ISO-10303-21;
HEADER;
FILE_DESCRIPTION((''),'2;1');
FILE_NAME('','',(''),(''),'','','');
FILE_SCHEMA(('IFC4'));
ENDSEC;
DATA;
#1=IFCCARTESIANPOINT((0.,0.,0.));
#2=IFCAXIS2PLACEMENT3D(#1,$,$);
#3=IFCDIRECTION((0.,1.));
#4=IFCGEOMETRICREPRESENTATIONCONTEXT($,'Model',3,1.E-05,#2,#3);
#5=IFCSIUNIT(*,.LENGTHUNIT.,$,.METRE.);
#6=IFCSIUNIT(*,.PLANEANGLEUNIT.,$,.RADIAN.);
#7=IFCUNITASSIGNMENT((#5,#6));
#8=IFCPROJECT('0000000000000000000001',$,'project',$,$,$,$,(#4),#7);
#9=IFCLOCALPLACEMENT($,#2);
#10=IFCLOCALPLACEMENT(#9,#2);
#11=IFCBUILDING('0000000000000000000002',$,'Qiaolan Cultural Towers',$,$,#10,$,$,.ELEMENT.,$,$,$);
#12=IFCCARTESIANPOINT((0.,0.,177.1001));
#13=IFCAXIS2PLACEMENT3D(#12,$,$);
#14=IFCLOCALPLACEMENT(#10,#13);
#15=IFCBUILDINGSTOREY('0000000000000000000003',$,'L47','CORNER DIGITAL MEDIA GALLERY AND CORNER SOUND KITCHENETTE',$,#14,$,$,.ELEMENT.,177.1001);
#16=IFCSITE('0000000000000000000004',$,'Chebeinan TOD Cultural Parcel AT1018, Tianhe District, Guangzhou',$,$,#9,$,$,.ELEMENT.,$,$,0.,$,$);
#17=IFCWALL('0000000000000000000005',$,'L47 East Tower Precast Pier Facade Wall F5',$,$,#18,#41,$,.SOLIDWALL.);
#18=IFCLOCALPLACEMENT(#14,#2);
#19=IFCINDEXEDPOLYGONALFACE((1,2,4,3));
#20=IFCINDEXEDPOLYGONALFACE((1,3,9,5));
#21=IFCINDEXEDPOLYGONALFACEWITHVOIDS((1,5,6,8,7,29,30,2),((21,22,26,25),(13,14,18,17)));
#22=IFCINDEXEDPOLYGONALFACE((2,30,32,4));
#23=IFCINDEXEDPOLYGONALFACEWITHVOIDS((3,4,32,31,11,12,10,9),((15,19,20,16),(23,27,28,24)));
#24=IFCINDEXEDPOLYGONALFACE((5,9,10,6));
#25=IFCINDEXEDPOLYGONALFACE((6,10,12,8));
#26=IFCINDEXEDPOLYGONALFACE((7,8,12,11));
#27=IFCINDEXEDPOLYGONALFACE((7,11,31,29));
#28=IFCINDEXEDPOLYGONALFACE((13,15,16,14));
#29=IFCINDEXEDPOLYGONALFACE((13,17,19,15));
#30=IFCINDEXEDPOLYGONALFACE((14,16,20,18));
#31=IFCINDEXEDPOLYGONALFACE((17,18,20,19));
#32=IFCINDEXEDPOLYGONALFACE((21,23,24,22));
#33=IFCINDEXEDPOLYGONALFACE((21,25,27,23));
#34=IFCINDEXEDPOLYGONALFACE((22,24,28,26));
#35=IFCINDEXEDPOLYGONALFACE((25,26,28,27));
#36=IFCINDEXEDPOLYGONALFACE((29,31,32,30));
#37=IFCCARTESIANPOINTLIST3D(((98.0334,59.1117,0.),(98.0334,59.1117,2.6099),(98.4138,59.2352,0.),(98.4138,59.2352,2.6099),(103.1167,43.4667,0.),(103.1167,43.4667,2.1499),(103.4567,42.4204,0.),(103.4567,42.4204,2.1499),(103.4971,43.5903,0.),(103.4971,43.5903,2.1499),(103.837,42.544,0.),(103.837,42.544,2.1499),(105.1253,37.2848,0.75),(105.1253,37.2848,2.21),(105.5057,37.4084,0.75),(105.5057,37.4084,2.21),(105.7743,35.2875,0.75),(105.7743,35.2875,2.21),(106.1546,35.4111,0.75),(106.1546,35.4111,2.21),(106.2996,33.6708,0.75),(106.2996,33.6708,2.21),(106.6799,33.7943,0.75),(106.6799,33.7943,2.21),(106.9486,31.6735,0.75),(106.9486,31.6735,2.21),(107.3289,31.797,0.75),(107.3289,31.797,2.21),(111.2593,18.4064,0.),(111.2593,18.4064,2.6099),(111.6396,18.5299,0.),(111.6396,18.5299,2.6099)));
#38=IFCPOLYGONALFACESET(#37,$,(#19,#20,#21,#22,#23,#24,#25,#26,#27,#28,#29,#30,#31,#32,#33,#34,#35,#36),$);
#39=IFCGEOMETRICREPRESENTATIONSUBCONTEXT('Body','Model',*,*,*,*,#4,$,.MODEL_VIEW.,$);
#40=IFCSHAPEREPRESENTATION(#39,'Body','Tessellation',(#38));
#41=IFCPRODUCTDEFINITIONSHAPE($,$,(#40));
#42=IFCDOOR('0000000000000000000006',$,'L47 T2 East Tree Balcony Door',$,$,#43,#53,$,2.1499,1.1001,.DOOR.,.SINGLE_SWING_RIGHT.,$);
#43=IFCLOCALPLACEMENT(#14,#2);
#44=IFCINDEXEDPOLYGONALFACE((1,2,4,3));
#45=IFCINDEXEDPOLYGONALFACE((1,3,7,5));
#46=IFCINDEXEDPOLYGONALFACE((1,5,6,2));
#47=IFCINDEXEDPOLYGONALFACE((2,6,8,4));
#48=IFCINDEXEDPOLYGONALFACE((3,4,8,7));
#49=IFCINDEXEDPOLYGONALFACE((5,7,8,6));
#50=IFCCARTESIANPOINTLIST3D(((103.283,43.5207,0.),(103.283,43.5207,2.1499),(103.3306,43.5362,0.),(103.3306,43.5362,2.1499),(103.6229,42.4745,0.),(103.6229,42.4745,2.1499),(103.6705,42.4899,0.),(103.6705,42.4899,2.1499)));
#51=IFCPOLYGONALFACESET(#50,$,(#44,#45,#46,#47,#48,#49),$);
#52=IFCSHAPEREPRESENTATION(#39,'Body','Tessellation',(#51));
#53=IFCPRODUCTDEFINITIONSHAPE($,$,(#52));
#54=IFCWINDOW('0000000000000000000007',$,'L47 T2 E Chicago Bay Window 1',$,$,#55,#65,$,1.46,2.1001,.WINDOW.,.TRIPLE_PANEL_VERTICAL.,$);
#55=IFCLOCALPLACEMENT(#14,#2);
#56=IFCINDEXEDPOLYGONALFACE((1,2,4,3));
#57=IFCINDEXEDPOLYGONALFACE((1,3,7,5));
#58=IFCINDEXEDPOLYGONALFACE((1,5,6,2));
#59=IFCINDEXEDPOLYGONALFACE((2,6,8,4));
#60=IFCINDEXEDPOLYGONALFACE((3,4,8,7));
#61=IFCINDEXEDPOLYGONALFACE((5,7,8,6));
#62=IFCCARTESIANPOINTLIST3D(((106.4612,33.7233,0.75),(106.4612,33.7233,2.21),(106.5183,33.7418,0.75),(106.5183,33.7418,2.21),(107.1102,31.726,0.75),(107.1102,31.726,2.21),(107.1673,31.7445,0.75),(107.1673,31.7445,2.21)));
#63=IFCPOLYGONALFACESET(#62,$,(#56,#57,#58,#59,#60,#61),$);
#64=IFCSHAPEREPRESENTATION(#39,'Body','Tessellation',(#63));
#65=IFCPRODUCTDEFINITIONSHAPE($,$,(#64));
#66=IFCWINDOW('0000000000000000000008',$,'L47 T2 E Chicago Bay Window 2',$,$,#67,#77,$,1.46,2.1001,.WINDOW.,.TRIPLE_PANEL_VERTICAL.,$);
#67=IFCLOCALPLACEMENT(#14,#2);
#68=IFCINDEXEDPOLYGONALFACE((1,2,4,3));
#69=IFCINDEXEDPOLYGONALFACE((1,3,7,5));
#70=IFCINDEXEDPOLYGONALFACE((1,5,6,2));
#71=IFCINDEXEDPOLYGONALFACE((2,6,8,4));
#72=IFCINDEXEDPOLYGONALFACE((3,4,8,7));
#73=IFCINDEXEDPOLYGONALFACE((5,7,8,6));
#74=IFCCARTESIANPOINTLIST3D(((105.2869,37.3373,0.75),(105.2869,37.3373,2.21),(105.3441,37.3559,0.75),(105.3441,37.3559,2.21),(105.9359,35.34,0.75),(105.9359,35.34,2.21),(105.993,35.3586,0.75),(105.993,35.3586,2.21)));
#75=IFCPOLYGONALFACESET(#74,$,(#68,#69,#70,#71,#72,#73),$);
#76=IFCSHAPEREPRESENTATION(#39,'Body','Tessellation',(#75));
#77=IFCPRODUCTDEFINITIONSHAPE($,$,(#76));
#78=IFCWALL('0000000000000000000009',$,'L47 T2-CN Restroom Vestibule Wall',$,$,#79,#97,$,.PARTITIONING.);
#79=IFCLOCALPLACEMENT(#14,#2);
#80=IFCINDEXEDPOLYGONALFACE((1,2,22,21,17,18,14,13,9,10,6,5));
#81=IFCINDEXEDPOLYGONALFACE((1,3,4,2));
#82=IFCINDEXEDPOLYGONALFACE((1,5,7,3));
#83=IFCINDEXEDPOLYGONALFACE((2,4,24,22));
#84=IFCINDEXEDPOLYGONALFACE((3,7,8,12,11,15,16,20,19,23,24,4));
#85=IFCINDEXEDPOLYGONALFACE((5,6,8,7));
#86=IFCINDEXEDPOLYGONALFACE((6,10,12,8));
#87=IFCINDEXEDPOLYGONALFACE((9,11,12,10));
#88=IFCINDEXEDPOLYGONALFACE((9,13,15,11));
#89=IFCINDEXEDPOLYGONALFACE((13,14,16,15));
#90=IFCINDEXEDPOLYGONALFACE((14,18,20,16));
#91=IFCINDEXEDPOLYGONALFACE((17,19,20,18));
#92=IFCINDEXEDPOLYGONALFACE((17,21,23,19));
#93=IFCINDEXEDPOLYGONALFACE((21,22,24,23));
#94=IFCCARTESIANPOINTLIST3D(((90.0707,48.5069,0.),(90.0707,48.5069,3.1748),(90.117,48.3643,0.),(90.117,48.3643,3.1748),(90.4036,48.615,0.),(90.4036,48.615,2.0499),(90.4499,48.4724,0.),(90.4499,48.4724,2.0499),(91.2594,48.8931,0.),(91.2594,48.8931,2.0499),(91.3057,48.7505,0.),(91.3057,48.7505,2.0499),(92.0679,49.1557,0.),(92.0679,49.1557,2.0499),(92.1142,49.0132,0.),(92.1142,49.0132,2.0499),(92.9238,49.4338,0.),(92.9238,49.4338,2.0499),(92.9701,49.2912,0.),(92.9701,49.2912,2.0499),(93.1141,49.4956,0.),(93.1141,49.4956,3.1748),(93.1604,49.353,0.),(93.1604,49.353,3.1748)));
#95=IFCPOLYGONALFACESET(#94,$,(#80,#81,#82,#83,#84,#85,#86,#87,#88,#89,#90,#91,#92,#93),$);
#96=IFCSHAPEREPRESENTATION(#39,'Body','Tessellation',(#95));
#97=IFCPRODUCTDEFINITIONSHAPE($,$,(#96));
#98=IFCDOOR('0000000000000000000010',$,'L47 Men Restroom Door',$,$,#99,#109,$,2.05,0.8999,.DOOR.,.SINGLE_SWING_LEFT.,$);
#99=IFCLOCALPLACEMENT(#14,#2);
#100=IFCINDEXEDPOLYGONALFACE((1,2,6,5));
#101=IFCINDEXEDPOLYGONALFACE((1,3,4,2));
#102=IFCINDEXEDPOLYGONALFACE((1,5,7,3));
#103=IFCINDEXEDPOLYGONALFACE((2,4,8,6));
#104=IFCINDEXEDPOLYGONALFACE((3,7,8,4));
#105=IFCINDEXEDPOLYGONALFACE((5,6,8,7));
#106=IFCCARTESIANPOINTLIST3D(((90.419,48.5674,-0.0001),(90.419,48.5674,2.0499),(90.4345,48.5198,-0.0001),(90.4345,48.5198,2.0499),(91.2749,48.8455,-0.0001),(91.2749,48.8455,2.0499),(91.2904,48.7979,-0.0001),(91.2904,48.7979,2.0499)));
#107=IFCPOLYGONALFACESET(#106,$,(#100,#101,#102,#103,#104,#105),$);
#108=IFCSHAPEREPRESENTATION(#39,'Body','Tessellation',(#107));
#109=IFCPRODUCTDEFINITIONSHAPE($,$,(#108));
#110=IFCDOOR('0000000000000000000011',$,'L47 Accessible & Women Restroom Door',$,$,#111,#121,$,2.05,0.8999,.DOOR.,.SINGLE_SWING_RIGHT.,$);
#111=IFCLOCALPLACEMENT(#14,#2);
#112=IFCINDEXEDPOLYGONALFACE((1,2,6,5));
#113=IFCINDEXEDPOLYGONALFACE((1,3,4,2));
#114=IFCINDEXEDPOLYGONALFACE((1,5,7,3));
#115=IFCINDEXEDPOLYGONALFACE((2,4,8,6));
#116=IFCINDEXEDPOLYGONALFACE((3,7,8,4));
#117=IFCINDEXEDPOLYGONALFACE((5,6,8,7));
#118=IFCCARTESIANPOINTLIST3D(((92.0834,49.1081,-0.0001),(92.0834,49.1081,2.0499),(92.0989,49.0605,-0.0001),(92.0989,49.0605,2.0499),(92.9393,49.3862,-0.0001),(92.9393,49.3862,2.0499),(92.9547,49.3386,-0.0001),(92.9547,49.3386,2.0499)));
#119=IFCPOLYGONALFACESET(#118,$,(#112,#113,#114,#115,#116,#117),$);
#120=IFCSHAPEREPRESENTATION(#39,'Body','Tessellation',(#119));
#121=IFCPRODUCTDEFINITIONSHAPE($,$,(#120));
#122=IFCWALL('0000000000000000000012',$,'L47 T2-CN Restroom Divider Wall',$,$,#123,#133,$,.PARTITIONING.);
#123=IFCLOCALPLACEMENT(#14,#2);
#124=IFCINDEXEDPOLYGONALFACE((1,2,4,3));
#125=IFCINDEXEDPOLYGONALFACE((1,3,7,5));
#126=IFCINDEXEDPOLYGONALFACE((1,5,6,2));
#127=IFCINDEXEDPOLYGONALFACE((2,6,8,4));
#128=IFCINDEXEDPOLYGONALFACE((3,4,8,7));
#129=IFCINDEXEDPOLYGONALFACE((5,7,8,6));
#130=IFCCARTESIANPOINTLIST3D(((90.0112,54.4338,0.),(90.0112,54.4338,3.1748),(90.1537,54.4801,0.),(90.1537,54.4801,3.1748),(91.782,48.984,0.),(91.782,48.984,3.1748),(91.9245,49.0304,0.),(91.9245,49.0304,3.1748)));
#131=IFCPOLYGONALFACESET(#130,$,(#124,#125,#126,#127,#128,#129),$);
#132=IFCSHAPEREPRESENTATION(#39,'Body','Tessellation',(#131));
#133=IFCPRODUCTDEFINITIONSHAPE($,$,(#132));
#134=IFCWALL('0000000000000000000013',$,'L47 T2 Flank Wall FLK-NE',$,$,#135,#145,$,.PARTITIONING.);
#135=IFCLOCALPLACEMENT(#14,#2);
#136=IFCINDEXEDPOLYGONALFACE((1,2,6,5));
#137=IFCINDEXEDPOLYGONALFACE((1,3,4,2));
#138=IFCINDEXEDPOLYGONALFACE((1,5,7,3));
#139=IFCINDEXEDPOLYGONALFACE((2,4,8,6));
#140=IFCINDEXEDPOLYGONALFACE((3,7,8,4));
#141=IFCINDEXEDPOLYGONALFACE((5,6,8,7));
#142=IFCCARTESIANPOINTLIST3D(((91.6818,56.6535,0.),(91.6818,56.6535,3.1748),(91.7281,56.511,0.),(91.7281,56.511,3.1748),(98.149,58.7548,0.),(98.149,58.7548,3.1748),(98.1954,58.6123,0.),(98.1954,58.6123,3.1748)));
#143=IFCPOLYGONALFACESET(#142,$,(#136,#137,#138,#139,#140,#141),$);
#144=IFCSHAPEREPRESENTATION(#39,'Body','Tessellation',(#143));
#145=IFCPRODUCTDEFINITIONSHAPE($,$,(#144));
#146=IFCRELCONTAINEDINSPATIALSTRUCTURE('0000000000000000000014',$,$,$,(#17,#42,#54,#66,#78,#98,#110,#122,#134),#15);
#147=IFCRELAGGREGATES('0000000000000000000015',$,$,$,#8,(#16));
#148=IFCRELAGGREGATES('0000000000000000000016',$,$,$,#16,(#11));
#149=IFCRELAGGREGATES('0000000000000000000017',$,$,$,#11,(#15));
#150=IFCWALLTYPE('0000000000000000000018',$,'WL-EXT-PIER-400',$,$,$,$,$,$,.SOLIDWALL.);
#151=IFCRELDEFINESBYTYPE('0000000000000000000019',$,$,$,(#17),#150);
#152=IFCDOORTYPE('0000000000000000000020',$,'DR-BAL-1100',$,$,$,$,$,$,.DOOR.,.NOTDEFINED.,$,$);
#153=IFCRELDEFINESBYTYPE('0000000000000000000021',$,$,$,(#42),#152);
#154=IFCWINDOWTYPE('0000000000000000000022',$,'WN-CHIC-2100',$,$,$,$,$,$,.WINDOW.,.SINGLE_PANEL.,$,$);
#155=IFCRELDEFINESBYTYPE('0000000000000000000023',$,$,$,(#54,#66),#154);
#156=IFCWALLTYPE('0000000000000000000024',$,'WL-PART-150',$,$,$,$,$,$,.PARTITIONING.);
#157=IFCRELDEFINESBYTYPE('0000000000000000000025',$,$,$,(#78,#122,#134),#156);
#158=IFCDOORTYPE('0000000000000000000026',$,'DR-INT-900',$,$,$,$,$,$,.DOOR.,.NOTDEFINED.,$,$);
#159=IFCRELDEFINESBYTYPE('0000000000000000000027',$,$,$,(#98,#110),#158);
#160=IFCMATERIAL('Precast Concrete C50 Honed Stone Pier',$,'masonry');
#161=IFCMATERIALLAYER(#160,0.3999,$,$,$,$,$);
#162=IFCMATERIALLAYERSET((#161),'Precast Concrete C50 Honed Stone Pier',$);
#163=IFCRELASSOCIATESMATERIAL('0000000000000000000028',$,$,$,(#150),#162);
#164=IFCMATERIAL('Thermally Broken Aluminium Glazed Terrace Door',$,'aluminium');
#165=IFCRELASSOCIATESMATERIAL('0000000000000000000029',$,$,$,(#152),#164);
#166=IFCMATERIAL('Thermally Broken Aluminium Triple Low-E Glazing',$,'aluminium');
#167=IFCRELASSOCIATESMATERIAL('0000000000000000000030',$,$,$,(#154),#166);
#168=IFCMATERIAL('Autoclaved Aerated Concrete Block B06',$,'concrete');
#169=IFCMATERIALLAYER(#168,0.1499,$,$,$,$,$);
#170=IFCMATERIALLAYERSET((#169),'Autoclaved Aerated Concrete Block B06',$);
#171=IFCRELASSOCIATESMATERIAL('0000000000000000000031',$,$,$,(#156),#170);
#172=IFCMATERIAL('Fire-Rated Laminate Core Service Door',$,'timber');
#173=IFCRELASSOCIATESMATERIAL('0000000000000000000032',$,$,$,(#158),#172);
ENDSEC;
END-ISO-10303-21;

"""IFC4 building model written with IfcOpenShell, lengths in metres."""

from ifc_helpers import new_model, si_unit, direction, frame, frame_2d, origin, place, context, subcontext, project, spatial, rectangle, extrude, material, layer, layer_set, type_object, element, fill, save


model = new_model("IFC4")

# Units and contexts
model_context = context("Model", 3, precision=1e-05, world=origin(), true_north=direction((0.0, 1.0)))
body_context = subcontext(model_context, "Body", "Model", "MODEL_VIEW")
ifc_project = project(units=[si_unit("LENGTHUNIT", "METRE"), si_unit("PLANEANGLEUNIT", "RADIAN")], contexts=[model_context])

# Site, building, storey
site_placement = place(None, origin())
site = spatial("IfcSite", under=ifc_project, at=site_placement, Name="Chebeinan TOD Cultural Parcel AT1018, Tianhe District, Guangzhou", CompositionType="ELEMENT", RefElevation=0.0)
building_placement = place(site_placement, origin())
building = spatial("IfcBuilding", under=site, at=building_placement, Name="Qiaolan Cultural Towers", CompositionType="ELEMENT")
storey_placement = place(building_placement, frame((0.0, 0.0, 177.1001)))
storey = spatial("IfcBuildingStorey", under=building, at=storey_placement, Name="L47", Description="CORNER DIGITAL MEDIA GALLERY AND CORNER SOUND KITCHENETTE", CompositionType="ELEMENT", Elevation=177.1001)

# Shared definitions
ifc_material_1 = material(Name="Precast Concrete C50 Honed Stone Pier", Category="masonry")
ifc_layer_1 = layer(ifc_material_1, 0.3999)
ifc_layer_set_1 = layer_set([ifc_layer_1], Name="Precast Concrete C50 Honed Stone Pier")
wall_type_1 = type_object("IfcWallType", Name="WL-EXT-PIER-400", PredefinedType="SOLIDWALL", material=ifc_layer_set_1)

# Wall, openings, door, windows
wall_1_placement = place(storey_placement, frame((98.2236, 59.1733, 0.0), z_axis=(0.0, 0.0, 1.0), x_axis=(0.309014, -0.951057, 0.0)))
wall_1 = element("IfcWall", 1, at=wall_1_placement, inside=storey, type_object=wall_type_1, Name="L47 East Tower Precast Pier Facade Wall F5", PredefinedType="SOLIDWALL", context=body_context, shape_type="SweptSolid", body=[
    extrude(rectangle(XDim=42.8, YDim=0.3999, at=frame_2d((21.3999, 0.0))), origin(), (0.0, 0.0, 1.0), 2.6099),
])
opening_1_placement = place(wall_1_placement, frame((26.75, 0.0, 0.75)))
opening_1 = element("IfcOpeningElement", 2, at=opening_1_placement, cuts=wall_1, PredefinedType="OPENING", context=body_context, shape_type="SweptSolid", body=[
    extrude(rectangle(XDim=2.1001, YDim=1.46, at=frame_2d((1.05, 0.73))), frame((0.0, 0.21, 0.0), z_axis=(0.0, -1.0, 0.0), x_axis=(1.0, 0.0, 0.0)), (0.0, 0.0, 1.0), 0.4199),
])
opening_2_placement = place(wall_1_placement, frame((22.95, 0.0, 0.75)))
opening_2 = element("IfcOpeningElement", 3, at=opening_2_placement, cuts=wall_1, PredefinedType="OPENING", context=body_context, shape_type="SweptSolid", body=[
    extrude(rectangle(XDim=2.1001, YDim=1.46, at=frame_2d((1.05, 0.73))), frame((0.0, 0.21, 0.0), z_axis=(0.0, -1.0, 0.0), x_axis=(1.0, 0.0, 0.0)), (0.0, 0.0, 1.0), 0.4199),
])
opening_3_placement = place(wall_1_placement, frame((16.45, 0.0, 0.0)))
opening_3 = element("IfcOpeningElement", 4, at=opening_3_placement, cuts=wall_1, PredefinedType="OPENING", context=body_context, shape_type="SweptSolid", body=[
    extrude(rectangle(XDim=1.1001, YDim=2.1499, at=frame_2d((0.55, 1.075))), frame((0.0, 0.21, 0.0), z_axis=(0.0, -1.0, 0.0), x_axis=(1.0, 0.0, 0.0)), (0.0, 0.0, 1.0), 0.4199),
])
ifc_material_2 = material(Name="Thermally Broken Aluminium Glazed Terrace Door", Category="aluminium")
door_type_1 = type_object("IfcDoorType", Name="DR-BAL-1100", OperationType="NOTDEFINED", PredefinedType="DOOR", material=ifc_material_2)
door_1_placement = place(opening_3_placement, origin())
door_1 = element("IfcDoor", 5, at=door_1_placement, inside=storey, type_object=door_type_1, Name="L47 T2 East Tree Balcony Door", OperationType="SINGLE_SWING_RIGHT", OverallHeight=2.1499, OverallWidth=1.1001, PredefinedType="DOOR", context=body_context, shape_type="SweptSolid", body=[
    extrude(rectangle(XDim=1.1001, YDim=2.1499, at=frame_2d((0.55, 1.075))), frame((0.0, 0.0249, 0.0), z_axis=(0.0, -1.0, 0.0), x_axis=(1.0, 0.0, 0.0)), (0.0, 0.0, 1.0), 0.05),
])
fill(opening_3, door_1)
ifc_material_3 = material(Name="Thermally Broken Aluminium Triple Low-E Glazing", Category="aluminium")
window_type = type_object("IfcWindowType", Name="WN-CHIC-2100", PartitioningType="SINGLE_PANEL", PredefinedType="WINDOW", material=ifc_material_3)
window_1_placement = place(opening_1_placement, origin())
window_1 = element("IfcWindow", 6, at=window_1_placement, inside=storey, type_object=window_type, Name="L47 T2 E Chicago Bay Window 1", OverallHeight=1.46, OverallWidth=2.1001, PartitioningType="TRIPLE_PANEL_VERTICAL", PredefinedType="WINDOW", context=body_context, shape_type="SweptSolid", body=[
    extrude(rectangle(XDim=2.1001, YDim=1.46, at=frame_2d((1.05, 0.73))), frame((0.0, 0.03, 0.0), z_axis=(0.0, -1.0, 0.0), x_axis=(1.0, 0.0, 0.0)), (0.0, 0.0, 1.0), 0.0601),
])
fill(opening_1, window_1)
window_2_placement = place(opening_2_placement, origin())
window_2 = element("IfcWindow", 7, at=window_2_placement, inside=storey, type_object=window_type, Name="L47 T2 E Chicago Bay Window 2", OverallHeight=1.46, OverallWidth=2.1001, PartitioningType="TRIPLE_PANEL_VERTICAL", PredefinedType="WINDOW", context=body_context, shape_type="SweptSolid", body=[
    extrude(rectangle(XDim=2.1001, YDim=1.46, at=frame_2d((1.05, 0.73))), frame((0.0, 0.03, 0.0), z_axis=(0.0, -1.0, 0.0), x_axis=(1.0, 0.0, 0.0)), (0.0, 0.0, 1.0), 0.0601),
])
fill(opening_2, window_2)

# Wall, openings, doors
ifc_material_4 = material(Name="Autoclaved Aerated Concrete Block B06", Category="concrete")
ifc_layer_2 = layer(ifc_material_4, 0.1499)
ifc_layer_set_2 = layer_set([ifc_layer_2], Name="Autoclaved Aerated Concrete Block B06")
wall_type_2 = type_object("IfcWallType", Name="WL-PART-150", PredefinedType="PARTITIONING", material=ifc_layer_set_2)
wall_2_placement = place(storey_placement, frame((90.0938, 48.4355, 0.0), z_axis=(0.0, 0.0, 1.0), x_axis=(0.951067, 0.308986, 0.0)))
wall_2 = element("IfcWall", 8, at=wall_2_placement, inside=storey, type_object=wall_type_2, Name="L47 T2-CN Restroom Vestibule Wall", PredefinedType="PARTITIONING", context=body_context, shape_type="SweptSolid", body=[
    extrude(rectangle(XDim=3.2, YDim=0.1499, at=frame_2d((1.6001, 0.0))), origin(), (0.0, 0.0, 1.0), 3.1748),
])
opening_4_placement = place(wall_2_placement, frame((0.3501, 0.0, 0.0)))
opening_4 = element("IfcOpeningElement", 9, at=opening_4_placement, cuts=wall_2, PredefinedType="OPENING", context=body_context, shape_type="SweptSolid", body=[
    extrude(rectangle(XDim=0.8999, YDim=2.05, at=frame_2d((0.45, 1.0249))), frame((0.0, 0.085, 0.0), z_axis=(0.0, -1.0, 0.0), x_axis=(1.0, 0.0, 0.0)), (0.0, 0.0, 1.0), 0.1699),
])
opening_5_placement = place(wall_2_placement, frame((2.1001, 0.0, 0.0)))
opening_5 = element("IfcOpeningElement", 10, at=opening_5_placement, cuts=wall_2, PredefinedType="OPENING", context=body_context, shape_type="SweptSolid", body=[
    extrude(rectangle(XDim=0.8999, YDim=2.05, at=frame_2d((0.45, 1.0249))), frame((0.0, 0.085, 0.0), z_axis=(0.0, -1.0, 0.0), x_axis=(1.0, 0.0, 0.0)), (0.0, 0.0, 1.0), 0.1699),
])
ifc_material_5 = material(Name="Fire-Rated Laminate Core Service Door", Category="timber")
door_type_2 = type_object("IfcDoorType", Name="DR-INT-900", OperationType="NOTDEFINED", PredefinedType="DOOR", material=ifc_material_5)
door_2_placement = place(opening_4_placement, origin())
door_2 = element("IfcDoor", 11, at=door_2_placement, inside=storey, type_object=door_type_2, Name="L47 Men Restroom Door", OperationType="SINGLE_SWING_LEFT", OverallHeight=2.05, OverallWidth=0.8999, PredefinedType="DOOR", context=body_context, shape_type="SweptSolid", body=[
    extrude(rectangle(XDim=0.8999, YDim=2.05, at=frame_2d((0.45, 1.0249))), frame((0.0, 0.0249, 0.0), z_axis=(0.0, -1.0, 0.0), x_axis=(1.0, 0.0, 0.0)), (0.0, 0.0, 1.0), 0.05),
])
fill(opening_4, door_2)
door_3_placement = place(opening_5_placement, origin())
door_3 = element("IfcDoor", 12, at=door_3_placement, inside=storey, type_object=door_type_2, Name="L47 Accessible & Women Restroom Door", OperationType="SINGLE_SWING_RIGHT", OverallHeight=2.05, OverallWidth=0.8999, PredefinedType="DOOR", context=body_context, shape_type="SweptSolid", body=[
    extrude(rectangle(XDim=0.8999, YDim=2.05, at=frame_2d((0.45, 1.0249))), frame((0.0, 0.0249, 0.0), z_axis=(0.0, -1.0, 0.0), x_axis=(1.0, 0.0, 0.0)), (0.0, 0.0, 1.0), 0.05),
])
fill(opening_5, door_3)

# Walls
wall_3_placement = place(storey_placement, frame((91.8533, 49.0071, 0.0), z_axis=(0.0, 0.0, 1.0), x_axis=(-0.309022, 0.951055, 0.0)))
element("IfcWall", 13, at=wall_3_placement, inside=storey, type_object=wall_type_2, Name="L47 T2-CN Restroom Divider Wall", PredefinedType="PARTITIONING", context=body_context, shape_type="SweptSolid", body=[
    extrude(rectangle(XDim=5.7302, YDim=0.1499, at=frame_2d((2.8652, 0.0))), origin(), (0.0, 0.0, 1.0), 3.1748),
])
wall_4_placement = place(storey_placement, frame((91.7051, 56.5823, 0.0), z_axis=(0.0, 0.0, 1.0), x_axis=(0.951058, 0.309013, 0.0)))
element("IfcWall", 14, at=wall_4_placement, inside=storey, type_object=wall_type_2, Name="L47 T2 Flank Wall FLK-NE", PredefinedType="PARTITIONING", context=body_context, shape_type="SweptSolid", body=[
    extrude(rectangle(XDim=6.8, YDim=0.1499, at=frame_2d((3.3999, 0.0))), origin(), (0.0, 0.0, 1.0), 3.1748),
])

save(model, "model.ifc")
